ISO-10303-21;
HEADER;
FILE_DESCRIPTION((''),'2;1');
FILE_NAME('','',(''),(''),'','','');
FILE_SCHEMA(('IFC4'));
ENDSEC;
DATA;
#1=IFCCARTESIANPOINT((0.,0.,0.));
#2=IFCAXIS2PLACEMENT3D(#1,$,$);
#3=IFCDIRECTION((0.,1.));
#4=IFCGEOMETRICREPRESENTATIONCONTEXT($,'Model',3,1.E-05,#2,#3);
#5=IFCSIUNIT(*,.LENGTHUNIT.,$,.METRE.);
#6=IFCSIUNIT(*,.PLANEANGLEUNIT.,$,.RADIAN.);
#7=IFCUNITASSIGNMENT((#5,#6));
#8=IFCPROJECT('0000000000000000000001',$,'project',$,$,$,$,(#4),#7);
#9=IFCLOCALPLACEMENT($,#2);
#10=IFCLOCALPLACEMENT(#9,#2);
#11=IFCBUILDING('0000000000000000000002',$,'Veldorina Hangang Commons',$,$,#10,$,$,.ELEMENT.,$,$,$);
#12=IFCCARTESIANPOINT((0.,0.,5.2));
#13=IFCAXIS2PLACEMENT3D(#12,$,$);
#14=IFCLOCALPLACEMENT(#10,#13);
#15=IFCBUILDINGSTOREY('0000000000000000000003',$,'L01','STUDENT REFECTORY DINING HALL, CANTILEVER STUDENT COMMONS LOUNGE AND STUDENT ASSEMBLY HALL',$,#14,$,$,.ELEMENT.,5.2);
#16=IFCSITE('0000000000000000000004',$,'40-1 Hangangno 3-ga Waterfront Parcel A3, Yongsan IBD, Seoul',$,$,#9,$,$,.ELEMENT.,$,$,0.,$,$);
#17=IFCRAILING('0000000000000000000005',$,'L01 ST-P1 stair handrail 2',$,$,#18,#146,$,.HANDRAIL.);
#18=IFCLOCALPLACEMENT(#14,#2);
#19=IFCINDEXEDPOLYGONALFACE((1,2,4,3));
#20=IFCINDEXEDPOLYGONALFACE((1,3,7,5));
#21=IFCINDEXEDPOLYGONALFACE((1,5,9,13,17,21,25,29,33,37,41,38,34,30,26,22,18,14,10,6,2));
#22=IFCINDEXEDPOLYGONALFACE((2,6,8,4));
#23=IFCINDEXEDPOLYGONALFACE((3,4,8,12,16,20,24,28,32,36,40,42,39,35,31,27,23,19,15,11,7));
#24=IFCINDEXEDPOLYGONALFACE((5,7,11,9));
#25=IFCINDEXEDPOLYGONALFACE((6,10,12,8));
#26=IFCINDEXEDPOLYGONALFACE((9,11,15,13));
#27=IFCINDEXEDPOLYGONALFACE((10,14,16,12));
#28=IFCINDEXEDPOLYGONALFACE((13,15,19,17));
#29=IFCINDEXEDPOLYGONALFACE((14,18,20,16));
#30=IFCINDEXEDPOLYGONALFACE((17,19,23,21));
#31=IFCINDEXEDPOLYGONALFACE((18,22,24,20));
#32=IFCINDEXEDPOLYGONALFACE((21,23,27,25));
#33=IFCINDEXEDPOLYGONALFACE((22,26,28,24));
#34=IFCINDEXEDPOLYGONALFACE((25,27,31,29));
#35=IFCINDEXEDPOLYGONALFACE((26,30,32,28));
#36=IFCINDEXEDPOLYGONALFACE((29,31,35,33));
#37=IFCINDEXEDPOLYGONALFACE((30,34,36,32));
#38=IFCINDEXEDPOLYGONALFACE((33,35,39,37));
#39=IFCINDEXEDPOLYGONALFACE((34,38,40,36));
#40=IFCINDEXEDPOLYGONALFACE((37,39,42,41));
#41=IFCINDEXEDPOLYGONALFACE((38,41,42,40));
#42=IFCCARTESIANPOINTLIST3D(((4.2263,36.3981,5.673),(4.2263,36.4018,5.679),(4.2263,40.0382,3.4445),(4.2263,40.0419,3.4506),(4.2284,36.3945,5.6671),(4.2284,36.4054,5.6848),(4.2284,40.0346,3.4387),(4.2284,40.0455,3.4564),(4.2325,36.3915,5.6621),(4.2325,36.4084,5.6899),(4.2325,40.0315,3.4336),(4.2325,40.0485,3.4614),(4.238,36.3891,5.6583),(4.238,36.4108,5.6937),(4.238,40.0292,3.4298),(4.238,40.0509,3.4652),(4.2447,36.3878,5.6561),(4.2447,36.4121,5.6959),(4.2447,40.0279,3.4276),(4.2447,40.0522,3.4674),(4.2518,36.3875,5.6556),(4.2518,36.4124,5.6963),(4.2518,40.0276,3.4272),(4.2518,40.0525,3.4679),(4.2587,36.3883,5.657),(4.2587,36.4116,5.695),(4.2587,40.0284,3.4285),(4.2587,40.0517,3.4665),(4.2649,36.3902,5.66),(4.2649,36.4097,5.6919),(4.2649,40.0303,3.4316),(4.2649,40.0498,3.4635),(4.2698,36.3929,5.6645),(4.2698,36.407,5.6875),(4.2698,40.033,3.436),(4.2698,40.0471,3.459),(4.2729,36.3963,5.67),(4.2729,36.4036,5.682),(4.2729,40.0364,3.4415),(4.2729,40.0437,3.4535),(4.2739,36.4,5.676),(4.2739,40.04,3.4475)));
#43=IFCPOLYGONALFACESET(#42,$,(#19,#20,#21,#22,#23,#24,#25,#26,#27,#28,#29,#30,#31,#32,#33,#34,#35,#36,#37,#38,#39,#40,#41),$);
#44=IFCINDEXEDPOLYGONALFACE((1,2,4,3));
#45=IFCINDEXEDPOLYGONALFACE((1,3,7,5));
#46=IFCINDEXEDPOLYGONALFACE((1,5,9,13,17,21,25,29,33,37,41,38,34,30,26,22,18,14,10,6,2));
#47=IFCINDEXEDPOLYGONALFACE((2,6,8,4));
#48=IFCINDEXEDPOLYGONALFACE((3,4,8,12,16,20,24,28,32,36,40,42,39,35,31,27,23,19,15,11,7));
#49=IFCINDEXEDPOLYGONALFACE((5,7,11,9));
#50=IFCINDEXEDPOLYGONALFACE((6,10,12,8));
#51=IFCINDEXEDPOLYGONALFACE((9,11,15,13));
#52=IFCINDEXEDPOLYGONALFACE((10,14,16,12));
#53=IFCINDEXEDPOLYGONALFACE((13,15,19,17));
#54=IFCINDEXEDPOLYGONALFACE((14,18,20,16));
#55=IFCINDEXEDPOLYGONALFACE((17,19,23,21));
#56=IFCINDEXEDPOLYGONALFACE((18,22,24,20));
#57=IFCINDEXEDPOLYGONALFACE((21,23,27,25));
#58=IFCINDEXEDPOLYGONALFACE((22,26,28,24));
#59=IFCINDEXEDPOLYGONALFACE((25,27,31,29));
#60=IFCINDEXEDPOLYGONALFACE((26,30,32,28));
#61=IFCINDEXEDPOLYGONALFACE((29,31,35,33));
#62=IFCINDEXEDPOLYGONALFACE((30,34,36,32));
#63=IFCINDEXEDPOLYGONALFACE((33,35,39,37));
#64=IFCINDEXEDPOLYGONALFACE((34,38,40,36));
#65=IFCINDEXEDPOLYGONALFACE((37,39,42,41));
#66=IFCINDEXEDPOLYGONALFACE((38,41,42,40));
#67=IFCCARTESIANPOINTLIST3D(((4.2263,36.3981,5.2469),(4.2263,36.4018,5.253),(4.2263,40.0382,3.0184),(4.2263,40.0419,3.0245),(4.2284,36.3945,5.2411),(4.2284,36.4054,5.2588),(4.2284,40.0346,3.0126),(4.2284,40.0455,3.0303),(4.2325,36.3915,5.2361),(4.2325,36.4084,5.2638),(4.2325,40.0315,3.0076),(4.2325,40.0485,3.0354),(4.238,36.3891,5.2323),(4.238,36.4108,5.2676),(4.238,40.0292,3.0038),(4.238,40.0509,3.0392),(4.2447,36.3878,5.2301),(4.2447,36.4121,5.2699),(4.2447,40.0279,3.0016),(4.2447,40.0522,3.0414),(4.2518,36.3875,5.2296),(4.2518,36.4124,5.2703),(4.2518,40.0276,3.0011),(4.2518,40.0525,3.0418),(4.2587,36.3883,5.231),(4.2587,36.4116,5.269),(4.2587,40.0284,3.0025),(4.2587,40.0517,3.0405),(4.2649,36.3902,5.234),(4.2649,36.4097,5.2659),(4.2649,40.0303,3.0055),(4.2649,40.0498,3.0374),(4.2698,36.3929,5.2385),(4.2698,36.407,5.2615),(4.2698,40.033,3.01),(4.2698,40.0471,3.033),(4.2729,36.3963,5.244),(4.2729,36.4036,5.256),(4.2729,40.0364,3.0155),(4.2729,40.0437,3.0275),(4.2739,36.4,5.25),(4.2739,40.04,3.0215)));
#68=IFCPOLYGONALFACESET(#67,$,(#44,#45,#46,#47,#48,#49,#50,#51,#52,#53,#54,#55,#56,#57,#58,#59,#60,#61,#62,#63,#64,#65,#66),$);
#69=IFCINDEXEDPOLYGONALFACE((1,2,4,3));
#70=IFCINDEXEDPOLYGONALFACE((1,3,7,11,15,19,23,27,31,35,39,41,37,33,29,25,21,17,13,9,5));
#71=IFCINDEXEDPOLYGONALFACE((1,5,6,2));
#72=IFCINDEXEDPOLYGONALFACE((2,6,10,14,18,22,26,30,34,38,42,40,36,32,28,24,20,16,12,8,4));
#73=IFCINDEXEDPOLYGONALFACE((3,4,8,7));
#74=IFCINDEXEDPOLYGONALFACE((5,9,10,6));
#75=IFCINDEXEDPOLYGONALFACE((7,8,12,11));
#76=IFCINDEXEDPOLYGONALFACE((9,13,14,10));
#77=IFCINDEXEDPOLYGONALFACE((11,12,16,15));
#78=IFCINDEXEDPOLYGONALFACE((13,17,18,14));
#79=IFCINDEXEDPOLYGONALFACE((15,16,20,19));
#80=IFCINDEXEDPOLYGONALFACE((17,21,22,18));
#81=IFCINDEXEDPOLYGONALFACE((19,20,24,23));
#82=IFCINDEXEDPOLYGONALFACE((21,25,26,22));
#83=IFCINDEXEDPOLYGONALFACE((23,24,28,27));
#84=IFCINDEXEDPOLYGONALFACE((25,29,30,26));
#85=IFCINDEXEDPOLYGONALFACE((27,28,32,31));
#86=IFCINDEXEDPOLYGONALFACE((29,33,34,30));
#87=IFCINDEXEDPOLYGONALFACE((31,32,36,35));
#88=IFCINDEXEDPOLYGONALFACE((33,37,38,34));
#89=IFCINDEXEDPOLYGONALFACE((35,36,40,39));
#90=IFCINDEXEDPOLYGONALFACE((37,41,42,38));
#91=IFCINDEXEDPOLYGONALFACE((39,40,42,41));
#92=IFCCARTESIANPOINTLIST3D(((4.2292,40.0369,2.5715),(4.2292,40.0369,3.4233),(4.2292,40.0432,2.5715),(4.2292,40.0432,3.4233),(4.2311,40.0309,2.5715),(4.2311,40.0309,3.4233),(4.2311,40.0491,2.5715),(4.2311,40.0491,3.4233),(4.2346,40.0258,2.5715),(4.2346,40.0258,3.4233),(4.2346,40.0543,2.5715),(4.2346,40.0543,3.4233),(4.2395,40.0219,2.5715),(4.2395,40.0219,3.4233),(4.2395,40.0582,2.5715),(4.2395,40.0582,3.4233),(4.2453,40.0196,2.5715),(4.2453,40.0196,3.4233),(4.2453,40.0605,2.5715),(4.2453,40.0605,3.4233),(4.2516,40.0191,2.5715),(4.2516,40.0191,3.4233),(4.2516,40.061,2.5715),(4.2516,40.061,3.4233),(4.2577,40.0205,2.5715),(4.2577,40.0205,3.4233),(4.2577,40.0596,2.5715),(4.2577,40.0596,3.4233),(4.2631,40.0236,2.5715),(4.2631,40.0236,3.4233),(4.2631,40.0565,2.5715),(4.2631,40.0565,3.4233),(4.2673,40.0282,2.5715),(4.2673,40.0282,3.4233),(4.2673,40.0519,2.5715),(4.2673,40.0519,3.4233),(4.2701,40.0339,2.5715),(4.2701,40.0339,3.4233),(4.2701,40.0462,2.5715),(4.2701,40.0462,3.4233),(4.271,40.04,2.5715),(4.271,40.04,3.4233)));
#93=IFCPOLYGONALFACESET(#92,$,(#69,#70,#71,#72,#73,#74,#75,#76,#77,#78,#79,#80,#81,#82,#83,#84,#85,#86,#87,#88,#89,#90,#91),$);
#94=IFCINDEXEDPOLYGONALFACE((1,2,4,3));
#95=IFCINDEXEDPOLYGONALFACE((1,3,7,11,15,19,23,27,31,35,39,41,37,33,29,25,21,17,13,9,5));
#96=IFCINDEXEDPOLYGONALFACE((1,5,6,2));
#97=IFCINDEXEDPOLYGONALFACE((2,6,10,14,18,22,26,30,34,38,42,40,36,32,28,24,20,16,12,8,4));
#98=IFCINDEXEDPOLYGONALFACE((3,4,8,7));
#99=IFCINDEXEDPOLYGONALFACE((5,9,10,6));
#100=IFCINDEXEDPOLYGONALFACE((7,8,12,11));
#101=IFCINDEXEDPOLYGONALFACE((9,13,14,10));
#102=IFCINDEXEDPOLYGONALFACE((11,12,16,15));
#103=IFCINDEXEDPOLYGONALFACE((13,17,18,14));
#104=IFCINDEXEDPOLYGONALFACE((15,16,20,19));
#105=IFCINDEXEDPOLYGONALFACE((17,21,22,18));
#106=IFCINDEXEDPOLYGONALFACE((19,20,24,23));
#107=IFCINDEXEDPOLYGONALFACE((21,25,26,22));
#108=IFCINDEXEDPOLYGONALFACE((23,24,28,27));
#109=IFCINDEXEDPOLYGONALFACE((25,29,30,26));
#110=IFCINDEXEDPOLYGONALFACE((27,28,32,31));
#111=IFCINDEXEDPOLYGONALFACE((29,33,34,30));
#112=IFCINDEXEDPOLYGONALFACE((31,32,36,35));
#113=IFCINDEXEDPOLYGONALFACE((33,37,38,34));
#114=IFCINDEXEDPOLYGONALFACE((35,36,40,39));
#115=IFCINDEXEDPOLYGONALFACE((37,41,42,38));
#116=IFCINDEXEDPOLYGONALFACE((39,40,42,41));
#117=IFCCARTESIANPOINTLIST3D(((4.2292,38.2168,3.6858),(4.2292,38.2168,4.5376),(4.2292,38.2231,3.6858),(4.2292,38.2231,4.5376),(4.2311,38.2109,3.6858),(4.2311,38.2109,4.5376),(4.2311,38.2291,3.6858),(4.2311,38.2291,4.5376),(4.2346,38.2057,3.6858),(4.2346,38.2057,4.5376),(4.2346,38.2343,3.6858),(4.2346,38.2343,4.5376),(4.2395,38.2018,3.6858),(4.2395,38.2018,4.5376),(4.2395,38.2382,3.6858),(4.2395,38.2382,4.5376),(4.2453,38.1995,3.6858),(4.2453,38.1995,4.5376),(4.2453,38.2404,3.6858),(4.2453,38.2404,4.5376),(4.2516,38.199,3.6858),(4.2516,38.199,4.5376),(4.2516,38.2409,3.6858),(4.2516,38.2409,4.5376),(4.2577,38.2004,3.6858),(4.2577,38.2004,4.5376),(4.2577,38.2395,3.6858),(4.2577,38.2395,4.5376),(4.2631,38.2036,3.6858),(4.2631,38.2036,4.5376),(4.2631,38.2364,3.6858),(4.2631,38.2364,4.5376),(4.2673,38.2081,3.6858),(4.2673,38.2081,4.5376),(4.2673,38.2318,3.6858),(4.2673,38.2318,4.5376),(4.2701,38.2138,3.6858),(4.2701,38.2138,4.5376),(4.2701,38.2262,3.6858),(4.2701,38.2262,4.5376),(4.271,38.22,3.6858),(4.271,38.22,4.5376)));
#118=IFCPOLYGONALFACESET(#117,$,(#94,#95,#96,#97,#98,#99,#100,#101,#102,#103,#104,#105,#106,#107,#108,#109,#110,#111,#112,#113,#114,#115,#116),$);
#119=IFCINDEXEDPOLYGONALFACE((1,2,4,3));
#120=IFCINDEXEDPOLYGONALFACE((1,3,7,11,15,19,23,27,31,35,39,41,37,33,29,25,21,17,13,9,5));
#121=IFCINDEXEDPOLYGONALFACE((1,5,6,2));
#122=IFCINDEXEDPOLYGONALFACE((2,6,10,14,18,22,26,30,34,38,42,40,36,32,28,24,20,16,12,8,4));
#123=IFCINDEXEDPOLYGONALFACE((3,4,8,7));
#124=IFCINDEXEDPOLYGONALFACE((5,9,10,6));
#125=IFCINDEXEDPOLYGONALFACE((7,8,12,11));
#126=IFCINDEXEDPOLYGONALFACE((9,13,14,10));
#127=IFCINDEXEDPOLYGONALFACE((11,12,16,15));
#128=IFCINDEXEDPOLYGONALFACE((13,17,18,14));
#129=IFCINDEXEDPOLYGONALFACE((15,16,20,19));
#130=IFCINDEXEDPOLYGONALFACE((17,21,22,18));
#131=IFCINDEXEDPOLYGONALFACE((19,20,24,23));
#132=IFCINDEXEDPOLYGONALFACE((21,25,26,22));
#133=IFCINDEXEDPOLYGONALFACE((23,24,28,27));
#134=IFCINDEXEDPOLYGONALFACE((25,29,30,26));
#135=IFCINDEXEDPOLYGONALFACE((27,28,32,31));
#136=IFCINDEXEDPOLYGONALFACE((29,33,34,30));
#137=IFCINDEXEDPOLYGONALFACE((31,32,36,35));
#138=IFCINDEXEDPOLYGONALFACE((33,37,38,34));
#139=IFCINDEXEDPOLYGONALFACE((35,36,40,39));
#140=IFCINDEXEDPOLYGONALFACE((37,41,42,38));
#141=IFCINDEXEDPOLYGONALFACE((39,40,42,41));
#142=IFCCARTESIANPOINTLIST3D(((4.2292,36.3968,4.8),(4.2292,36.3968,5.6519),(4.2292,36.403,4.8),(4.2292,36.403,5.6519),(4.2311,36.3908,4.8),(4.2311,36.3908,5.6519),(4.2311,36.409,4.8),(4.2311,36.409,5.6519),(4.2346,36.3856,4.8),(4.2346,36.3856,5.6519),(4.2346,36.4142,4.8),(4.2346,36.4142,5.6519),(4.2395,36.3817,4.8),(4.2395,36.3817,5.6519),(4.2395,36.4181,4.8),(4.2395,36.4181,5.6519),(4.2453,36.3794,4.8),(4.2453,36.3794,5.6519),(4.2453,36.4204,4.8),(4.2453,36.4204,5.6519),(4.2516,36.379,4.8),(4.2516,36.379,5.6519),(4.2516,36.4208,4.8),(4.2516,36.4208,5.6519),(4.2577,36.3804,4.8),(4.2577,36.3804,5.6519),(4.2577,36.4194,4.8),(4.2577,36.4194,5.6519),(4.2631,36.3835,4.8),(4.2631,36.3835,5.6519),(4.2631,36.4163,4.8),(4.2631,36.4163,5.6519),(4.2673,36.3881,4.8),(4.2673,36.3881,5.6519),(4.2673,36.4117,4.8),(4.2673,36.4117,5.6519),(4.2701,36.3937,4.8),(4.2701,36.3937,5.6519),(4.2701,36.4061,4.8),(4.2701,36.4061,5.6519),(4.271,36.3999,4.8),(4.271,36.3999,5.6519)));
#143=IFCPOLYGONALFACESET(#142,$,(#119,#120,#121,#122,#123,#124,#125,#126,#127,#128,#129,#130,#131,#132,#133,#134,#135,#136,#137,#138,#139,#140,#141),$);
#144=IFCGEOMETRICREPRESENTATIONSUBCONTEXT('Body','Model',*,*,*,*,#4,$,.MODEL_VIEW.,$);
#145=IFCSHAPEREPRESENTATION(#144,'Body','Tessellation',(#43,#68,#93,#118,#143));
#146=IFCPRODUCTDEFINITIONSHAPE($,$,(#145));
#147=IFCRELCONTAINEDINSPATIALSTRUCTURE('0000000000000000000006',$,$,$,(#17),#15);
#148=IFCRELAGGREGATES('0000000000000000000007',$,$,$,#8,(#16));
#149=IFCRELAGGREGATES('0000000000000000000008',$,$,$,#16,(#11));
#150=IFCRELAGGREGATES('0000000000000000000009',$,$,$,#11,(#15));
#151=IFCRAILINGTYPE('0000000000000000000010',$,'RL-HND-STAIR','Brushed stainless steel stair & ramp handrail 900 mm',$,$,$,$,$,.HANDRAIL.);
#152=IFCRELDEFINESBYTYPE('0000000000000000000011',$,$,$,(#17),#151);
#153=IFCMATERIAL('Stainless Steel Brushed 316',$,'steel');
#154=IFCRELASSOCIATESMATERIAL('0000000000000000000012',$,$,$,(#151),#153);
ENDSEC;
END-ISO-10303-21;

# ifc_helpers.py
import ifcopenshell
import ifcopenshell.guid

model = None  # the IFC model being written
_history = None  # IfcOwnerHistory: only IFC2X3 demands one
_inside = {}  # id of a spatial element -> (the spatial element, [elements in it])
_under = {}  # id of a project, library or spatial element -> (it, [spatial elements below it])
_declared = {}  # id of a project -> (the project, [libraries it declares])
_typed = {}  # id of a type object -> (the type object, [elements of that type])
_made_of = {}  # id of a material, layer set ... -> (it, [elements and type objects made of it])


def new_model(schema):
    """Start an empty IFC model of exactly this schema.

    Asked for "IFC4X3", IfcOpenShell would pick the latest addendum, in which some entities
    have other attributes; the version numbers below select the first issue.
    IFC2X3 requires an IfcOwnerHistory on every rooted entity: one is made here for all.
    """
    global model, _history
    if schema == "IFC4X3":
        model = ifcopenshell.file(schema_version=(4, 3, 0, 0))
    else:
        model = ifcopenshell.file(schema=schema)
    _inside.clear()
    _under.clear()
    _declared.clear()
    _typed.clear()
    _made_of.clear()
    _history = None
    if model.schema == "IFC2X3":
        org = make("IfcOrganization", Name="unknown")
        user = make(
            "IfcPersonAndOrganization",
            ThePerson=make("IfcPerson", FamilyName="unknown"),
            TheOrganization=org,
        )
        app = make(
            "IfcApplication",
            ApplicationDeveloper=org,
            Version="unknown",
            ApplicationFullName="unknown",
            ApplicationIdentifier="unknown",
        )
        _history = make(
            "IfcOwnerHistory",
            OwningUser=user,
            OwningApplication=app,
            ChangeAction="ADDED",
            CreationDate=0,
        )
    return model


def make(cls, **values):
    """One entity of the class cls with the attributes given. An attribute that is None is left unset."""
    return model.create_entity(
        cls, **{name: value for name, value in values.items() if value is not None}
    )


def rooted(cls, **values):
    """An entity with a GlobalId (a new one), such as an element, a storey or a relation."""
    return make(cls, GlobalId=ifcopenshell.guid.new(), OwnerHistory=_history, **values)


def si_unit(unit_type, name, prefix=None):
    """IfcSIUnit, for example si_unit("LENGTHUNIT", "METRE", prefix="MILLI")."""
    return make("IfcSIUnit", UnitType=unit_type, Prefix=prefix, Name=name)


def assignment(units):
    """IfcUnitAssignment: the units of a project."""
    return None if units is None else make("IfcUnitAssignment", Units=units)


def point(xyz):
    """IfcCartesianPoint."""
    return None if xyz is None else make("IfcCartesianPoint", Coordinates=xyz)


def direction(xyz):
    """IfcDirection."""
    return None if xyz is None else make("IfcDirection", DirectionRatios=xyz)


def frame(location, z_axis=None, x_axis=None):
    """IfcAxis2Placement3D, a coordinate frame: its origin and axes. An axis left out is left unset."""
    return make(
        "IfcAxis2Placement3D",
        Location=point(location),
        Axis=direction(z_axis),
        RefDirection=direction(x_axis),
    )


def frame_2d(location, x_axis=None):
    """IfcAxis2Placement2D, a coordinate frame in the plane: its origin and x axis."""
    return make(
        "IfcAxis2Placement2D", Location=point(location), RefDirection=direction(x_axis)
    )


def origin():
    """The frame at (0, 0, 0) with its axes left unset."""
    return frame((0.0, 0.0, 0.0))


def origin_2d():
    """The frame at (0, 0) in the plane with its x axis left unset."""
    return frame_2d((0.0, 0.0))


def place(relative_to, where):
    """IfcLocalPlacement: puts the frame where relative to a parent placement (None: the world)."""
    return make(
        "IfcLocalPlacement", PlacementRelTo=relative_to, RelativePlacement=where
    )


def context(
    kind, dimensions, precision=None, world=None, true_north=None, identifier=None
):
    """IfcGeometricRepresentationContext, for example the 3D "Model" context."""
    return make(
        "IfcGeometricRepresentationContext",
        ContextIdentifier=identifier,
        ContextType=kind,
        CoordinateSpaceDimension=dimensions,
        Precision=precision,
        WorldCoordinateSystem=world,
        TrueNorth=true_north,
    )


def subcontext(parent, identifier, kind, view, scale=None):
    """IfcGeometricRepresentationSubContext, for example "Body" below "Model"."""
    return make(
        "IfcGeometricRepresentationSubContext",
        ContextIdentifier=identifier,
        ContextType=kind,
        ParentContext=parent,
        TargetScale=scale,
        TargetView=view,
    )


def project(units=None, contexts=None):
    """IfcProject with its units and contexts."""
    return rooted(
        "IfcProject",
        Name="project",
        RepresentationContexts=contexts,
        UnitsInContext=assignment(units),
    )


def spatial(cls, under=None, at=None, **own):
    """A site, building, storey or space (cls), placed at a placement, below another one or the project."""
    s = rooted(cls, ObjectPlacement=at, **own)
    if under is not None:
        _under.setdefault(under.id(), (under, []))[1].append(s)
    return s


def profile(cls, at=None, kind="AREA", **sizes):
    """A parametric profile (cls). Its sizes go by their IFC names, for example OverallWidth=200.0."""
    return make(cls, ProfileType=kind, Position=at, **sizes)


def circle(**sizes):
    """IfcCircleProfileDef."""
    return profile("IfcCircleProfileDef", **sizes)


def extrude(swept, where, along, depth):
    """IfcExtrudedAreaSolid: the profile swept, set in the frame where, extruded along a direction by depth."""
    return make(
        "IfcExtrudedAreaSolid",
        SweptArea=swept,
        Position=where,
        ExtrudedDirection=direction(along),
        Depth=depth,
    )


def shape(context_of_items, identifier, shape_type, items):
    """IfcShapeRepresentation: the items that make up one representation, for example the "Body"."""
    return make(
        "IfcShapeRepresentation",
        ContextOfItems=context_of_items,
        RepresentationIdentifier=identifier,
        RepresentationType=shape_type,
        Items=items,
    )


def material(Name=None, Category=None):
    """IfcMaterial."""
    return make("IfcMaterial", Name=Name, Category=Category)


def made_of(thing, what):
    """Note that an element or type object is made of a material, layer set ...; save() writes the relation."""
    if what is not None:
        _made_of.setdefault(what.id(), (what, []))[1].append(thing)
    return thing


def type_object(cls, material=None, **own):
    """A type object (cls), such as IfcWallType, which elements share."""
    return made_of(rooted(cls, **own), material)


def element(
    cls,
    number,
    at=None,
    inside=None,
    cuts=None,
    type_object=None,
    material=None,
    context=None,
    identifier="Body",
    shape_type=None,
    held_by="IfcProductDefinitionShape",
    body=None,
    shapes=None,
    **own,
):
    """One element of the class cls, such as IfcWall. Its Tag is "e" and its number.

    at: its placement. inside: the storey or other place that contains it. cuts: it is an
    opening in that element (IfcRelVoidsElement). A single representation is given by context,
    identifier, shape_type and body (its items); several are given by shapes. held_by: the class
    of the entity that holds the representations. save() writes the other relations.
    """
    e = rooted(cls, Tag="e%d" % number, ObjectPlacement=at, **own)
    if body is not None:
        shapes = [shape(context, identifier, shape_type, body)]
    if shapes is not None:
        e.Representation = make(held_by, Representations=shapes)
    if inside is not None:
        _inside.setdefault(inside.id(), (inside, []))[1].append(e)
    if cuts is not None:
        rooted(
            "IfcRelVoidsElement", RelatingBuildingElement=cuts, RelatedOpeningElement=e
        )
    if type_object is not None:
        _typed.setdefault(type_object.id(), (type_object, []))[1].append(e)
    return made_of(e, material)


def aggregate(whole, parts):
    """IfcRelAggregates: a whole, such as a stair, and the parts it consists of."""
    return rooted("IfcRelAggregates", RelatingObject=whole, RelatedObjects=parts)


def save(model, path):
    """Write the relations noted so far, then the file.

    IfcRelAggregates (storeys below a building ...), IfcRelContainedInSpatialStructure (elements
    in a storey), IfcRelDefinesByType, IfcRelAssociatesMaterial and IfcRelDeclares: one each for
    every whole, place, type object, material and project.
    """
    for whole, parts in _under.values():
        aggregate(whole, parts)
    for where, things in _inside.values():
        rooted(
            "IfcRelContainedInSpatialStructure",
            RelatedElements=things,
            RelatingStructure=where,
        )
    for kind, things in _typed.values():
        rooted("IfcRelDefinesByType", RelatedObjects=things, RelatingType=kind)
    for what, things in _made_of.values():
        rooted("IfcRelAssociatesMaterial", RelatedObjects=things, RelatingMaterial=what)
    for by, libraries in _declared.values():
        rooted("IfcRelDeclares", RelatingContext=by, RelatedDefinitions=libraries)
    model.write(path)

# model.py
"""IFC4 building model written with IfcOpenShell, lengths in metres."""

from ifc_helpers import new_model, si_unit, direction, frame, origin, origin_2d, place, context, subcontext, project, spatial, circle, extrude, material, type_object, element, save


model = new_model("IFC4")

# Units and contexts
model_context = context("Model", 3, precision=1e-05, world=origin(), true_north=direction((0.0, 1.0)))
body_context = subcontext(model_context, "Body", "Model", "MODEL_VIEW")
ifc_project = project(units=[si_unit("LENGTHUNIT", "METRE"), si_unit("PLANEANGLEUNIT", "RADIAN")], contexts=[model_context])

# Site, building, storey
site_placement = place(None, origin())
site = spatial("IfcSite", under=ifc_project, at=site_placement, Name="40-1 Hangangno 3-ga Waterfront Parcel A3, Yongsan IBD, Seoul", CompositionType="ELEMENT", RefElevation=0.0)
building_placement = place(site_placement, origin())
building = spatial("IfcBuilding", under=site, at=building_placement, Name="Veldorina Hangang Commons", CompositionType="ELEMENT")
storey_placement = place(building_placement, frame((0.0, 0.0, 5.2)))
storey = spatial("IfcBuildingStorey", under=building, at=storey_placement, Name="L01", Description="STUDENT REFECTORY DINING HALL, CANTILEVER STUDENT COMMONS LOUNGE AND STUDENT ASSEMBLY HALL", CompositionType="ELEMENT", Elevation=5.2)

# Railing
ifc_material_1 = material(Name="Stainless Steel Brushed 316", Category="steel")
railing_type_1 = type_object("IfcRailingType", Name="RL-HND-STAIR", Description="Brushed stainless steel stair & ramp handrail 900 mm", PredefinedType="HANDRAIL", material=ifc_material_1)
railing_1_placement = place(storey_placement, frame((4.25, 40.04, 2.5715)))
element("IfcRailing", 1, at=railing_1_placement, inside=storey, type_object=railing_type_1, Name="L01 ST-P1 stair handrail 2", PredefinedType="HANDRAIL", context=body_context, shape_type="SweptSolid", body=[
    extrude(circle(Radius=0.0239, at=origin_2d()), frame((0.0, 0.0, 0.876), z_axis=(0.0, -0.852866, 0.52213), x_axis=(1.0, 0.0, 0.0)), (0.0, 0.0, 1.0), 4.2681),
    extrude(circle(Radius=0.0239, at=origin_2d()), frame((0.0, 0.0, 0.45), z_axis=(0.0, -0.852866, 0.52213), x_axis=(1.0, 0.0, 0.0)), (0.0, 0.0, 1.0), 4.2681),
    extrude(circle(Radius=0.021, at=origin_2d()), origin(), (0.0, 0.0, 1.0), 0.8518),
    extrude(circle(Radius=0.021, at=origin_2d()), frame((0.0, -1.8201, 1.1143)), (0.0, 0.0, 1.0), 0.8518),
    extrude(circle(Radius=0.021, at=origin_2d()), frame((0.0, -3.6401, 2.2285)), (0.0, 0.0, 1.0), 0.8518),
])

save(model, "model.ifc")
